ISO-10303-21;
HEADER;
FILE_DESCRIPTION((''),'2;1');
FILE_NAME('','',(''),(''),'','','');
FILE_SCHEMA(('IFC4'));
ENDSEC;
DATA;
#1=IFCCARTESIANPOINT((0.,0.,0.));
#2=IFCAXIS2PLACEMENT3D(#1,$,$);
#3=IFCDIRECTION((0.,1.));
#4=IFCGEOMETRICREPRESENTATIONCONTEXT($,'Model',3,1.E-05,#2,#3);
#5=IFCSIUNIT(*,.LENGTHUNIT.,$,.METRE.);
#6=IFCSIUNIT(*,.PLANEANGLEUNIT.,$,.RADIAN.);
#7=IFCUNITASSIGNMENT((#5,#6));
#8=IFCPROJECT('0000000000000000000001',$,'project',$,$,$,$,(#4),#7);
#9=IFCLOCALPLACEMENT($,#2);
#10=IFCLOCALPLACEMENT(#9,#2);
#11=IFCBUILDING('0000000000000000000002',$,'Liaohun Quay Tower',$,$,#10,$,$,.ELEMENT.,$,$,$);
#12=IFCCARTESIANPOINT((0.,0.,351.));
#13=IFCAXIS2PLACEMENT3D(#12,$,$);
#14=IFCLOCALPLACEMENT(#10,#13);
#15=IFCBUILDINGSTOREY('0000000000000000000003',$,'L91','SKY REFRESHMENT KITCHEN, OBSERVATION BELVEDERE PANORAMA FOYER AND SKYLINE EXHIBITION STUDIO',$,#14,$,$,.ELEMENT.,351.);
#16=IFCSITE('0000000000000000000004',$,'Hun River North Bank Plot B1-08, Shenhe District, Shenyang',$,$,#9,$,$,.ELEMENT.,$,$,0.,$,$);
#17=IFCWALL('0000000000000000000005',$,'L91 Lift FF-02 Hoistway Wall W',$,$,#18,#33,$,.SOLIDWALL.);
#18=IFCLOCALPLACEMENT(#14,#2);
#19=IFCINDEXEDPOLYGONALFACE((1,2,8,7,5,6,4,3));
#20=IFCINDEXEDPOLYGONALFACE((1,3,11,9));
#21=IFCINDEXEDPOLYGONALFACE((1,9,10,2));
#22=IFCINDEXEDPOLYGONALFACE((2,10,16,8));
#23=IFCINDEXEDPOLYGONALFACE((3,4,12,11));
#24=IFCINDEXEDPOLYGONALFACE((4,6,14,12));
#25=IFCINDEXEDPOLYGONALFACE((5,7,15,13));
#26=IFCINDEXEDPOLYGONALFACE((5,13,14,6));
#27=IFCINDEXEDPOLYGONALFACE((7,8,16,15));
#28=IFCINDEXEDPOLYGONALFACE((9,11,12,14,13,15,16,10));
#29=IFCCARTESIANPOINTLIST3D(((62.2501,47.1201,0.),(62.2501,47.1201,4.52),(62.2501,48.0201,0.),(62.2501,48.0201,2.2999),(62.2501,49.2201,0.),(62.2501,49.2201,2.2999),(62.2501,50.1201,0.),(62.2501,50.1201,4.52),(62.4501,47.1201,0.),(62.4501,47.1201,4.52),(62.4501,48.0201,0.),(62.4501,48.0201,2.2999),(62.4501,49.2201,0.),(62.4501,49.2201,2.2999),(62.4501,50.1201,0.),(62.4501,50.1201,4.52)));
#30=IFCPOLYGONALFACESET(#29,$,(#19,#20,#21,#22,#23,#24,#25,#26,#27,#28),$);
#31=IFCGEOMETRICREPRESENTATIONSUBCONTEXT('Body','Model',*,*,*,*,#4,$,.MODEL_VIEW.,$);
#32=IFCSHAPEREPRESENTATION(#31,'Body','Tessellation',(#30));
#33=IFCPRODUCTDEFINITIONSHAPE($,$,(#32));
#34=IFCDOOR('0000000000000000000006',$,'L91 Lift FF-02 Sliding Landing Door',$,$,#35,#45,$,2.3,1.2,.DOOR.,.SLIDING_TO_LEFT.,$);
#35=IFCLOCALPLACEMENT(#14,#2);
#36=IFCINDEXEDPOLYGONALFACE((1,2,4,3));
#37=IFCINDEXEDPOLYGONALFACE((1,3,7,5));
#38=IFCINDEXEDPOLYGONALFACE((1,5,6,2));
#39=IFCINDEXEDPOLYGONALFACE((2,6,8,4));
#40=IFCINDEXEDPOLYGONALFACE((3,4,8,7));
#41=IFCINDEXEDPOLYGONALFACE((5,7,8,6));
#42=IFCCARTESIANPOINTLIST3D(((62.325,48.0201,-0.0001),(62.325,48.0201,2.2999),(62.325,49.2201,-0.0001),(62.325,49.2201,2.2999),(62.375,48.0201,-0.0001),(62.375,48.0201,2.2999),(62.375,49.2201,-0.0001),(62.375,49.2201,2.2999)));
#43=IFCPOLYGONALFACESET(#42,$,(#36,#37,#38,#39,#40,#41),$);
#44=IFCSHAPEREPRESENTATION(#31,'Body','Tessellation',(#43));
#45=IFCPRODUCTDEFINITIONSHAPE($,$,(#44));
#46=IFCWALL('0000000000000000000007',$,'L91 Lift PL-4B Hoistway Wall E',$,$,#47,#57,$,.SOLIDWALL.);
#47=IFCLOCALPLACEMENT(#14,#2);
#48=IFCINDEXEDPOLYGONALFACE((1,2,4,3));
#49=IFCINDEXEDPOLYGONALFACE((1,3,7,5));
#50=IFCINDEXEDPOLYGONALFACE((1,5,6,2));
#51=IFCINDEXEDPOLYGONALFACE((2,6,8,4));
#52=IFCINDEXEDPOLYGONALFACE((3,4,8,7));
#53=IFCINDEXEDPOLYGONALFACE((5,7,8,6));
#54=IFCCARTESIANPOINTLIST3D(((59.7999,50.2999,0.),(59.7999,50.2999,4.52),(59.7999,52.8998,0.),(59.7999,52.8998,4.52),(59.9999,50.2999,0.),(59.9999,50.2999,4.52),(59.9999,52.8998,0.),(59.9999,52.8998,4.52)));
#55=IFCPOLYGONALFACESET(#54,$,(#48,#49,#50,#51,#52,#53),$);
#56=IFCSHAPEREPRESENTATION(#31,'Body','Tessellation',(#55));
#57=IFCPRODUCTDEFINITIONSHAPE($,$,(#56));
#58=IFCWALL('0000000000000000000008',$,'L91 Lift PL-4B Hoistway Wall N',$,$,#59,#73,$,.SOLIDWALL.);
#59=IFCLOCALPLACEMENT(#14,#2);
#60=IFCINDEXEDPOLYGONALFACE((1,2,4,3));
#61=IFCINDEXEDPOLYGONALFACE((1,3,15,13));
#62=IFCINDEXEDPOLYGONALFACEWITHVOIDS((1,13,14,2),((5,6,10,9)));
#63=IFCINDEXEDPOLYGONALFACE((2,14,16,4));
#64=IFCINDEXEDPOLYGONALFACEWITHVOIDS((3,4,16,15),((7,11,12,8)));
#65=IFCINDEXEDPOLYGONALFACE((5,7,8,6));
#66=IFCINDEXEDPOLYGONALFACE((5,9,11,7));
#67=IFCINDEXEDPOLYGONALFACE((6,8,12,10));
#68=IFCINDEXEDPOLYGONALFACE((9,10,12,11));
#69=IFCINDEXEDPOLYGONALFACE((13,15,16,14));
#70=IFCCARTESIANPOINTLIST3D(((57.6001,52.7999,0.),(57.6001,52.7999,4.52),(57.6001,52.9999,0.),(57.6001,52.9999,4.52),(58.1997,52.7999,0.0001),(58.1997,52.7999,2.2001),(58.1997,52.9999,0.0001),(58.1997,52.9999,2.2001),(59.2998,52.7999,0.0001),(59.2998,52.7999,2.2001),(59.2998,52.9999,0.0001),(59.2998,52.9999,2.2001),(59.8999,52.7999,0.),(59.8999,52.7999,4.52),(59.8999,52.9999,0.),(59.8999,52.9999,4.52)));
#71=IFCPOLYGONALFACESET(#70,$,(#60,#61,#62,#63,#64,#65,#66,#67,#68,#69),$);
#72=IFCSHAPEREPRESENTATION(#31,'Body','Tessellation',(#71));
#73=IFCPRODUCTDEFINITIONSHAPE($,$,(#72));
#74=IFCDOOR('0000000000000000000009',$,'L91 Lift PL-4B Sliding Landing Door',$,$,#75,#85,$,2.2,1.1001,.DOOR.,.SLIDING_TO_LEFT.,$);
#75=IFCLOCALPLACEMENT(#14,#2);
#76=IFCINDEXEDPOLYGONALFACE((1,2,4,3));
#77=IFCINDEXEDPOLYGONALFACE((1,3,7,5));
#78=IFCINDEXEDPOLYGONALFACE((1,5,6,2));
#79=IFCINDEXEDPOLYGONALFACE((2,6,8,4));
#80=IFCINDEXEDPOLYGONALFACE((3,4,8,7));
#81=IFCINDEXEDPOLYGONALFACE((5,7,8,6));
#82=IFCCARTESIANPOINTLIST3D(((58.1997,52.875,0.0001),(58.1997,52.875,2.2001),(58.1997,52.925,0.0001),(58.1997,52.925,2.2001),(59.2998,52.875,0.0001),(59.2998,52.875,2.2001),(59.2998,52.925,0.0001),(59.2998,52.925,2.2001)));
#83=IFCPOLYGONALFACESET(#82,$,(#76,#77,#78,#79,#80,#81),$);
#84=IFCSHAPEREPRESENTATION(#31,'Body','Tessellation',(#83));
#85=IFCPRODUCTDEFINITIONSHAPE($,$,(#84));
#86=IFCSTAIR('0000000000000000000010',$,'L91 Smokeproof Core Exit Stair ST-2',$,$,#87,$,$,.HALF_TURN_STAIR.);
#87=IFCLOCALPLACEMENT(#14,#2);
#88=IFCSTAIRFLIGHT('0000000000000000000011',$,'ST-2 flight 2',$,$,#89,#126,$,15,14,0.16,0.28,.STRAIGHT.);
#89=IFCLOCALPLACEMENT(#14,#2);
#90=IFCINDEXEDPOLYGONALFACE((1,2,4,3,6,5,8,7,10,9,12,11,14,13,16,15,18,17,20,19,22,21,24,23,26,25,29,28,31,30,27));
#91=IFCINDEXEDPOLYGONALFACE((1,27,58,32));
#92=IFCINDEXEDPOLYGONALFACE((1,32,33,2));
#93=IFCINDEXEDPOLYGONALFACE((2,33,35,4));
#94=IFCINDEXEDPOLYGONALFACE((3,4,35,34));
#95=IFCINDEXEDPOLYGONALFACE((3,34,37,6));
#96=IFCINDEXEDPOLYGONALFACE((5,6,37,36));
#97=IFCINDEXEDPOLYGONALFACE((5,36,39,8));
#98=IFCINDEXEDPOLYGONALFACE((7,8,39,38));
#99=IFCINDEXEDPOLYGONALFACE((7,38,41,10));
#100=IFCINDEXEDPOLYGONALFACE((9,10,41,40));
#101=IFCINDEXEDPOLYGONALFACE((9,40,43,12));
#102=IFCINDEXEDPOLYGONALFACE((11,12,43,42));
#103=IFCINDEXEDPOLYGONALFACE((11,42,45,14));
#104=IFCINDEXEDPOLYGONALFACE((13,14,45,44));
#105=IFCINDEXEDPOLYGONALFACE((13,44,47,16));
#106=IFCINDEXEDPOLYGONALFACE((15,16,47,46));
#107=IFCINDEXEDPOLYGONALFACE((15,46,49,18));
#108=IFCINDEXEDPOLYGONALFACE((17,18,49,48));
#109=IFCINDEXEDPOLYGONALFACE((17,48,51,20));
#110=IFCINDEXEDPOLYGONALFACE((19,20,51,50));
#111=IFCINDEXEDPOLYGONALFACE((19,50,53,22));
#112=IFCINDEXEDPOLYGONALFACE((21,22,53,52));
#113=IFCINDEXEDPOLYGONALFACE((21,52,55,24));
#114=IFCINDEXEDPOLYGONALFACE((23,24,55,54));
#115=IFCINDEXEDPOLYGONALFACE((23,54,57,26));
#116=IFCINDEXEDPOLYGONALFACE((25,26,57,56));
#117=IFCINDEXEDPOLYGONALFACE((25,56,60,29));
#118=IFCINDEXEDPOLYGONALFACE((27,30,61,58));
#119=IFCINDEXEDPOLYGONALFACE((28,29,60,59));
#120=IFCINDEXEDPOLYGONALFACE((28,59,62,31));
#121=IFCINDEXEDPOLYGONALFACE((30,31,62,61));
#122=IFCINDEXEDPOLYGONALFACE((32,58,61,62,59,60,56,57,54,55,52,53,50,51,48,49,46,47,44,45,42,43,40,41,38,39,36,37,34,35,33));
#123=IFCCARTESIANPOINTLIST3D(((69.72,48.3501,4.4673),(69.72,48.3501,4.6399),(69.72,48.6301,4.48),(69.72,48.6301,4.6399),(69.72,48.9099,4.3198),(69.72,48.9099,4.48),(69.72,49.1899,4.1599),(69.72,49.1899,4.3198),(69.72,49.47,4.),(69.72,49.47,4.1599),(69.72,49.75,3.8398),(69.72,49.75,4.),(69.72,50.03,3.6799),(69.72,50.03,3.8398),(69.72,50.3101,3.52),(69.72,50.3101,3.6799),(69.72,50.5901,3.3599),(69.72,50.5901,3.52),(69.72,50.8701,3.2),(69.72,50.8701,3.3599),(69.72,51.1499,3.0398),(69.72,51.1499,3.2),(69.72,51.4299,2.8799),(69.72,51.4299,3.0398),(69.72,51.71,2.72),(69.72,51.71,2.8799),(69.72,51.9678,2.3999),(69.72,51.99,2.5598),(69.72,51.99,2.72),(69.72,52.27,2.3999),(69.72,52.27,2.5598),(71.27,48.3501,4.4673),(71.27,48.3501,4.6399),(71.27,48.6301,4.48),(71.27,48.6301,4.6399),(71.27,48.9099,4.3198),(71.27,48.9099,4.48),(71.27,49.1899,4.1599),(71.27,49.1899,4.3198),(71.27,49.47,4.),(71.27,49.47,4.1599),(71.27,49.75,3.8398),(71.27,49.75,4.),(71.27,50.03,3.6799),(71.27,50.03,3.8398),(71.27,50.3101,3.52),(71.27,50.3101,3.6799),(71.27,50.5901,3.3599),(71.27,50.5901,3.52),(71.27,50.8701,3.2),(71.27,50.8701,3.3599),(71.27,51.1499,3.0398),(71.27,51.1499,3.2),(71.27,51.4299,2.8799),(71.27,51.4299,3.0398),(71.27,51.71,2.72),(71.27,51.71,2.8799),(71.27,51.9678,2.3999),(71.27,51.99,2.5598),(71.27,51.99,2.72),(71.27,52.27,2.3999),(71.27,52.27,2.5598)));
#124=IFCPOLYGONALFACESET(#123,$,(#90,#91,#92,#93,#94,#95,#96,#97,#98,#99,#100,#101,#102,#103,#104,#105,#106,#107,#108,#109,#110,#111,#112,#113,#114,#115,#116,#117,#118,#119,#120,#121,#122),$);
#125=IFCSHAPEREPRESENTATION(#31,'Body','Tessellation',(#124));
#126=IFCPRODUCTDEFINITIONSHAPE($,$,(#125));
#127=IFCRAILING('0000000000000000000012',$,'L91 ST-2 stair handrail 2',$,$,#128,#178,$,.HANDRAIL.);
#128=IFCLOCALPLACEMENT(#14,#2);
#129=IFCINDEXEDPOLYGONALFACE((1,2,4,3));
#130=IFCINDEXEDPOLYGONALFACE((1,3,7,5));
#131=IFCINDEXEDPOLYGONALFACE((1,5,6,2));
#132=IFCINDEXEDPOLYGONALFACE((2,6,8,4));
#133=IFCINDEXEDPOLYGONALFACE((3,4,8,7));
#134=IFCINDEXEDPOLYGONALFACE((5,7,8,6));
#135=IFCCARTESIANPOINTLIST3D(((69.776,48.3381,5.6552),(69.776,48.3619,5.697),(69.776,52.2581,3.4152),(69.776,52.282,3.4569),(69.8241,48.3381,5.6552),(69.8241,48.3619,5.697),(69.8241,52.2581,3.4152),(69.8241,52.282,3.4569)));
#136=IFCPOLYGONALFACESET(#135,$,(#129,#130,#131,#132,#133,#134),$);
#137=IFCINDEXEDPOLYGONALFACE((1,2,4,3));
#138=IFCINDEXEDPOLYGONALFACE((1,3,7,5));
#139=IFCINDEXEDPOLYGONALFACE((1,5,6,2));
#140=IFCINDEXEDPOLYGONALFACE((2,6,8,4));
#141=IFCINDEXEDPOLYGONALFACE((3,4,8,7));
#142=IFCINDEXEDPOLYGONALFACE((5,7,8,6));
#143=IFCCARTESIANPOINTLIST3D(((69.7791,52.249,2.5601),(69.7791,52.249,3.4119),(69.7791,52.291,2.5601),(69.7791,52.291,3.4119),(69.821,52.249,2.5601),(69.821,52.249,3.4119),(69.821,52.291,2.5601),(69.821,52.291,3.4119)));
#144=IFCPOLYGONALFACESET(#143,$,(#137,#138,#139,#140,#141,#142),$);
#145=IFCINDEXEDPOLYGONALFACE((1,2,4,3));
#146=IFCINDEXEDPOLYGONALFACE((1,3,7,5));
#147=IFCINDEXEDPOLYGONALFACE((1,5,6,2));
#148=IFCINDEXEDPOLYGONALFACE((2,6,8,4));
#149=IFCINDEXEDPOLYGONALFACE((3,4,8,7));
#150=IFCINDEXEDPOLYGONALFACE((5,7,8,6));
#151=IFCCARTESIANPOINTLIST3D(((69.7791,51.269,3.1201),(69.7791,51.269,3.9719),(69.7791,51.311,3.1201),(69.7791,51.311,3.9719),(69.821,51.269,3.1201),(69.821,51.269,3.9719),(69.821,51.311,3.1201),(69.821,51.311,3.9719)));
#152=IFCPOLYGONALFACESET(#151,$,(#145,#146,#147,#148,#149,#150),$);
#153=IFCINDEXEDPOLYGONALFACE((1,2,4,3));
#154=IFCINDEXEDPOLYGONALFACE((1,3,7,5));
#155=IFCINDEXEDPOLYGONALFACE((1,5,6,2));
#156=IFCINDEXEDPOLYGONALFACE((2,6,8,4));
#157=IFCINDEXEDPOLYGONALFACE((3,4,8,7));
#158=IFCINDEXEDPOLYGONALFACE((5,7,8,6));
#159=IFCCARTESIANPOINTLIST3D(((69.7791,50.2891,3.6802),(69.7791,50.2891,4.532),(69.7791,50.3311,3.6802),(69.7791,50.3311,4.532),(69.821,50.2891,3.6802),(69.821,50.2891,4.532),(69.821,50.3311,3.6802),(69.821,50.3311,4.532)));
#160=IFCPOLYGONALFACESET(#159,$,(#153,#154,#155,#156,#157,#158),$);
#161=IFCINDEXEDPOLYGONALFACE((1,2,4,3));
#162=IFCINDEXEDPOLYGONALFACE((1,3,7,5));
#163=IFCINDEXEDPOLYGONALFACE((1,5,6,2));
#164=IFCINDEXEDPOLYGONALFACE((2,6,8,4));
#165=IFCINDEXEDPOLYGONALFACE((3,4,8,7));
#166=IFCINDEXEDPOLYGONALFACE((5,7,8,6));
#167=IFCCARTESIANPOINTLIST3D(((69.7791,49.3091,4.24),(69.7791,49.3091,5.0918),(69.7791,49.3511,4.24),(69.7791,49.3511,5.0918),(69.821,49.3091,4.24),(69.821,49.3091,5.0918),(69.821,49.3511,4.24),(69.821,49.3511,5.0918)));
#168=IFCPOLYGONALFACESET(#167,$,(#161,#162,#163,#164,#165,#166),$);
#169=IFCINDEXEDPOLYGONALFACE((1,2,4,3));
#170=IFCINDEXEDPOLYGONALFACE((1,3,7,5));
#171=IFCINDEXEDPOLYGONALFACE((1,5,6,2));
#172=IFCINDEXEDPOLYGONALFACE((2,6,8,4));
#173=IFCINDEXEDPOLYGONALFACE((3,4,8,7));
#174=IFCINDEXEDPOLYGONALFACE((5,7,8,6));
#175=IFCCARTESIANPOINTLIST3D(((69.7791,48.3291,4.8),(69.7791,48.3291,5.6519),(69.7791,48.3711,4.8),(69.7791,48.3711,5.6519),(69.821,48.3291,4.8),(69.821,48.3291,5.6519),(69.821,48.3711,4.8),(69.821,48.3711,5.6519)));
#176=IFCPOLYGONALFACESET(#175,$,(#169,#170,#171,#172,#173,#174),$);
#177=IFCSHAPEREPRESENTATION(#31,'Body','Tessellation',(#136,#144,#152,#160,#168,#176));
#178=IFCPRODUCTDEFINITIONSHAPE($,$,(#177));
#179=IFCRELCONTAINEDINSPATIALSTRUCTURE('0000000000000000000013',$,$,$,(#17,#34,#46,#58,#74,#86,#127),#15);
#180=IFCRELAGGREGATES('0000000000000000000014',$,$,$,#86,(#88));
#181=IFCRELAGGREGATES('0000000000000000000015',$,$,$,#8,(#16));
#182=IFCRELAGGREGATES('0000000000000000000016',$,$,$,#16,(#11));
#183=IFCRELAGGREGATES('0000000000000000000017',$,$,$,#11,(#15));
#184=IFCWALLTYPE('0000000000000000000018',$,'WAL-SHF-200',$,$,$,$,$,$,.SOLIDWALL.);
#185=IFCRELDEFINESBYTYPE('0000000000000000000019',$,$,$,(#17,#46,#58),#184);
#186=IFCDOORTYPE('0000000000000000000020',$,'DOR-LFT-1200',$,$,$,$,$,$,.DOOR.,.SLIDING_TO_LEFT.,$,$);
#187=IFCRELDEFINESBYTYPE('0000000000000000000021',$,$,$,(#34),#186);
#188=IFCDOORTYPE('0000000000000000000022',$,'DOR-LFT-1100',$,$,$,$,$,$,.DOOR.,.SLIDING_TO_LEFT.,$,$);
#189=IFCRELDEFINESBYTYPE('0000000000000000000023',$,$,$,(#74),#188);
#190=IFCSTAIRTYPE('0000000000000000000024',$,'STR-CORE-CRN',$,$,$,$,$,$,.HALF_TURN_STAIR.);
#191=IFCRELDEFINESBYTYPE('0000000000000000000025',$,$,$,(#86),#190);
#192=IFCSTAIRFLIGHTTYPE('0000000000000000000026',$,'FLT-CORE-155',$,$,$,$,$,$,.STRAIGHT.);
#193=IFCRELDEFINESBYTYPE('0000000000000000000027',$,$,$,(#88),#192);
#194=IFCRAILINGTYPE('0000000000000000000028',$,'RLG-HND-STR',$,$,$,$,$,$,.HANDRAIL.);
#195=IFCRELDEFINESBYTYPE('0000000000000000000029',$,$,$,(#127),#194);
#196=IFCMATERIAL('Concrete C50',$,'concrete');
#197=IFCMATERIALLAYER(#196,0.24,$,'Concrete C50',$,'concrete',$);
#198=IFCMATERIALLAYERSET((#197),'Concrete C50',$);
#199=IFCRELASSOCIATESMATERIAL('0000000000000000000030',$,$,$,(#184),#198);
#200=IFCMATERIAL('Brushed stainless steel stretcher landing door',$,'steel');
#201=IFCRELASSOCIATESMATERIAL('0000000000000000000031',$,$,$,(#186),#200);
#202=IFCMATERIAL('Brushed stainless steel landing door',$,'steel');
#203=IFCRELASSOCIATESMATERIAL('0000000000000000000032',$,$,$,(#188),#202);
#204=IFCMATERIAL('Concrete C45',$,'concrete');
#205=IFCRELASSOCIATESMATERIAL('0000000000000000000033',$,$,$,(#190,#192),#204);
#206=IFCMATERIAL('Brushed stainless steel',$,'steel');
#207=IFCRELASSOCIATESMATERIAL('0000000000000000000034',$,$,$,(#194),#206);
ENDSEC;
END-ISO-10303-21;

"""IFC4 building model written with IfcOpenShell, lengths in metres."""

from ifc_helpers import new_model, si_unit, direction, frame, frame_2d, origin, origin_2d, place, context, subcontext, project, spatial, polyline, rectangle, outline, extrude, source, transform, mapped, material, layer, layer_set, type_object, element, fill, aggregate, save


model = new_model("IFC4")

# Units and contexts
model_context = context("Model", 3, precision=1e-05, world=origin(), true_north=direction((0.0, 1.0)))
body_context = subcontext(model_context, "Body", "Model", "MODEL_VIEW")
ifc_project = project(units=[si_unit("LENGTHUNIT", "METRE"), si_unit("PLANEANGLEUNIT", "RADIAN")], contexts=[model_context])

# Site, building, storey
site_placement = place(None, origin())
site = spatial("IfcSite", under=ifc_project, at=site_placement, Name="Hun River North Bank Plot B1-08, Shenhe District, Shenyang", CompositionType="ELEMENT", RefElevation=0.0)
building_placement = place(site_placement, origin())
building = spatial("IfcBuilding", under=site, at=building_placement, Name="Liaohun Quay Tower", CompositionType="ELEMENT")
storey_placement = place(building_placement, frame((0.0, 0.0, 351.0)))
storey = spatial("IfcBuildingStorey", under=building, at=storey_placement, Name="L91", Description="SKY REFRESHMENT KITCHEN, OBSERVATION BELVEDERE PANORAMA FOYER AND SKYLINE EXHIBITION STUDIO", CompositionType="ELEMENT", Elevation=351.0)

# Shared definitions
ifc_material_1 = material(Name="Concrete C50", Category="concrete")

# Shared definitions
ifc_layer_1 = layer(ifc_material_1, 0.24, Name="Concrete C50", Category="concrete")
ifc_layer_set_1 = layer_set([ifc_layer_1], Name="Concrete C50")
wall_type_1 = type_object("IfcWallType", Name="WAL-SHF-200", PredefinedType="SOLIDWALL", material=ifc_layer_set_1)

# Wall, opening, door
wall_1_placement = place(storey_placement, frame((62.3501, 50.1201, 0.0), z_axis=(0.0, 0.0, 1.0), x_axis=(0.0, -1.0, 0.0)))
wall_1 = element("IfcWall", 1, at=wall_1_placement, inside=storey, type_object=wall_type_1, Name="L91 Lift FF-02 Hoistway Wall W", PredefinedType="SOLIDWALL", context=body_context, shape_type="SweptSolid", body=[
    extrude(rectangle(XDim=3.0, YDim=0.2, at=frame_2d((1.5, 0.0))), origin(), (0.0, 0.0, 1.0), 4.52),
])
shared_shape_1 = source(origin(), body_context, "Body", "SweptSolid", [
    extrude(rectangle(XDim=1.2, YDim=2.3, at=frame_2d((0.6001, 1.1499))), frame((0.0, 0.1099, 0.0), z_axis=(0.0, -1.0, 0.0), x_axis=(1.0, 0.0, 0.0)), (0.0, 0.0, 1.0), 0.22),
])
opening_1_placement = place(wall_1_placement, frame((0.8999, 0.0, 0.0)))
opening_1 = element("IfcOpeningElement", 2, at=opening_1_placement, cuts=wall_1, PredefinedType="OPENING", context=body_context, shape_type="MappedRepresentation", body=[
    mapped(shared_shape_1, transform((0.0, 0.0, 0.0), x_axis=(1.0, 0.0, 0.0), y_axis=(0.0, 1.0, 0.0), z_axis=(0.0, 0.0, 1.0), scale=1.0)),
])
ifc_material_2 = material(Name="Brushed stainless steel stretcher landing door", Category="steel")
door_type_1 = type_object("IfcDoorType", Name="DOR-LFT-1200", OperationType="SLIDING_TO_LEFT", PredefinedType="DOOR", material=ifc_material_2)
shared_shape_2 = source(origin(), body_context, "Body", "SweptSolid", [
    extrude(rectangle(XDim=1.2, YDim=2.3, at=frame_2d((0.6001, 1.1499))), frame((0.0, 0.0249, 0.0), z_axis=(0.0, -1.0, 0.0), x_axis=(1.0, 0.0, 0.0)), (0.0, 0.0, 1.0), 0.05),
])
door_1_placement = place(opening_1_placement, origin())
door_1 = element("IfcDoor", 3, at=door_1_placement, inside=storey, type_object=door_type_1, Name="L91 Lift FF-02 Sliding Landing Door", OperationType="SLIDING_TO_LEFT", OverallHeight=2.3, OverallWidth=1.2, PredefinedType="DOOR", context=body_context, shape_type="MappedRepresentation", body=[
    mapped(shared_shape_2, transform((0.0, 0.0, 0.0), x_axis=(1.0, 0.0, 0.0), y_axis=(0.0, 1.0, 0.0), z_axis=(0.0, 0.0, 1.0), scale=1.0)),
])
fill(opening_1, door_1)

# Wall
wall_2_placement = place(storey_placement, frame((59.8999, 50.3, 0.0), z_axis=(0.0, 0.0, 1.0), x_axis=(0.0, 1.0, 0.0)))
element("IfcWall", 4, at=wall_2_placement, inside=storey, type_object=wall_type_1, Name="L91 Lift PL-4B Hoistway Wall E", PredefinedType="SOLIDWALL", context=body_context, shape_type="SweptSolid", body=[
    extrude(rectangle(XDim=2.5999, YDim=0.2, at=frame_2d((1.2998, 0.0))), origin(), (0.0, 0.0, 1.0), 4.52),
])

# Wall, opening, door
wall_3_placement = place(storey_placement, frame((59.8999, 52.8999, 0.0), z_axis=(0.0, 0.0, 1.0), x_axis=(-1.0, 0.0, 0.0)))
wall_3 = element("IfcWall", 5, at=wall_3_placement, inside=storey, type_object=wall_type_1, Name="L91 Lift PL-4B Hoistway Wall N", PredefinedType="SOLIDWALL", context=body_context, shape_type="SweptSolid", body=[
    extrude(rectangle(XDim=2.2998, YDim=0.2, at=frame_2d((1.1499, 0.0))), origin(), (0.0, 0.0, 1.0), 4.52),
])
shared_shape_3 = source(origin(), body_context, "Body", "SweptSolid", [
    extrude(rectangle(XDim=1.1001, YDim=2.2, at=frame_2d((0.55, 1.1001))), frame((0.0, 0.1099, 0.0), z_axis=(0.0, -1.0, 0.0), x_axis=(1.0, 0.0, 0.0)), (0.0, 0.0, 1.0), 0.22),
])
opening_2_placement = place(wall_3_placement, frame((0.6001, 0.0, 0.0)))
opening_2 = element("IfcOpeningElement", 6, at=opening_2_placement, cuts=wall_3, PredefinedType="OPENING", context=body_context, shape_type="MappedRepresentation", body=[
    mapped(shared_shape_3, transform((0.0, 0.0, 0.0), x_axis=(1.0, 0.0, 0.0), y_axis=(0.0, 1.0, 0.0), z_axis=(0.0, 0.0, 1.0), scale=1.0)),
])
ifc_material_3 = material(Name="Brushed stainless steel landing door", Category="steel")
door_type_2 = type_object("IfcDoorType", Name="DOR-LFT-1100", OperationType="SLIDING_TO_LEFT", PredefinedType="DOOR", material=ifc_material_3)
shared_shape_4 = source(origin(), body_context, "Body", "SweptSolid", [
    extrude(rectangle(XDim=1.1001, YDim=2.2, at=frame_2d((0.55, 1.1001))), frame((0.0, 0.0249, 0.0), z_axis=(0.0, -1.0, 0.0), x_axis=(1.0, 0.0, 0.0)), (0.0, 0.0, 1.0), 0.05),
])
door_2_placement = place(opening_2_placement, origin())
door_2 = element("IfcDoor", 7, at=door_2_placement, inside=storey, type_object=door_type_2, Name="L91 Lift PL-4B Sliding Landing Door", OperationType="SLIDING_TO_LEFT", OverallHeight=2.2, OverallWidth=1.1001, PredefinedType="DOOR", context=body_context, shape_type="MappedRepresentation", body=[
    mapped(shared_shape_4, transform((0.0, 0.0, 0.0), x_axis=(1.0, 0.0, 0.0), y_axis=(0.0, 1.0, 0.0), z_axis=(0.0, 0.0, 1.0), scale=1.0)),
])
fill(opening_2, door_2)

# Stair, stair flight
ifc_material_4 = material(Name="Concrete C45", Category="concrete")
stair_type = type_object("IfcStairType", Name="STR-CORE-CRN", PredefinedType="HALF_TURN_STAIR", material=ifc_material_4)
stair_placement = place(storey_placement, origin())
stair = element("IfcStair", 8, at=stair_placement, inside=storey, type_object=stair_type, Name="L91 Smokeproof Core Exit Stair ST-2", PredefinedType="HALF_TURN_STAIR")
stair_flight_type = type_object("IfcStairFlightType", Name="FLT-CORE-155", PredefinedType="STRAIGHT", material=ifc_material_4)
stair_flight_placement = place(storey_placement, frame((70.4951, 52.27, 2.3999), z_axis=(0.0, 0.0, 1.0), x_axis=(0.0, -1.0, 0.0)))
stair_flight = element("IfcStairFlight", 9, at=stair_flight_placement, type_object=stair_flight_type, Name="ST-2 flight 2", NumberOfRisers=15, NumberOfTreads=14, PredefinedType="STRAIGHT", RiserHeight=0.16, TreadLength=0.28, context=body_context, shape_type="SweptSolid", body=[
    extrude(outline(polyline([(0.0, 0.0), (0.0, 0.1599), (0.28, 0.1599), (0.28, 0.3201), (0.5601, 0.3201), (0.5601, 0.48), (0.8401, 0.48), (0.8401, 0.6399), (1.1201, 0.6399), (1.1201, 0.8), (1.3999, 0.8), (1.3999, 0.96), (1.6799, 0.96), (1.6799, 1.1201), (1.96, 1.1201), (1.96, 1.28), (2.24, 1.28), (2.24, 1.4399), (2.52, 1.4399), (2.52, 1.6001), (2.8, 1.6001), (2.8, 1.76), (3.0801, 1.76), (3.0801, 1.9199), (3.3601, 1.9199), (3.3601, 2.0801), (3.6399, 2.0801), (3.6399, 2.24), (3.9199, 2.24), (3.9199, 2.3999), (3.9199, 2.0674), (0.3022, 0.0), (0.0, 0.0)])), frame((0.0, 0.7749, 0.0), z_axis=(0.0, -1.0, 0.0), x_axis=(1.0, 0.0, 0.0)), (0.0, 0.0, 1.0), 1.55),
])
aggregate(stair, [stair_flight])

# Railing
ifc_material_5 = material(Name="Brushed stainless steel", Category="steel")
railing_type = type_object("IfcRailingType", Name="RLG-HND-STR", PredefinedType="HANDRAIL", material=ifc_material_5)
railing_placement = place(storey_placement, frame((69.8, 52.27, 2.5601)))
element("IfcRailing", 10, at=railing_placement, inside=storey, type_object=railing_type, Name="L91 ST-2 stair handrail 2", PredefinedType="HANDRAIL", context=body_context, shape_type="SweptSolid", body=[
    extrude(rectangle(XDim=0.0481, YDim=0.0481, at=origin_2d()), frame((0.0, 0.0, 0.876), z_axis=(0.0, -0.86824, 0.496145), x_axis=(1.0, 0.0, 0.0)), (0.0, 0.0, 1.0), 4.5149),
    extrude(rectangle(XDim=0.042, YDim=0.042, at=origin_2d()), origin(), (0.0, 0.0, 1.0), 0.8518),
    extrude(rectangle(XDim=0.042, YDim=0.042, at=origin_2d()), frame((0.0, -0.98, 0.5601)), (0.0, 0.0, 1.0), 0.8518),
    extrude(rectangle(XDim=0.042, YDim=0.042, at=origin_2d()), frame((0.0, -1.96, 1.1201)), (0.0, 0.0, 1.0), 0.8518),
    extrude(rectangle(XDim=0.042, YDim=0.042, at=origin_2d()), frame((0.0, -2.9399, 1.6799)), (0.0, 0.0, 1.0), 0.8518),
    extrude(rectangle(XDim=0.042, YDim=0.042, at=origin_2d()), frame((0.0, -3.9199, 2.24)), (0.0, 0.0, 1.0), 0.8518),
])

save(model, "model.ifc")
